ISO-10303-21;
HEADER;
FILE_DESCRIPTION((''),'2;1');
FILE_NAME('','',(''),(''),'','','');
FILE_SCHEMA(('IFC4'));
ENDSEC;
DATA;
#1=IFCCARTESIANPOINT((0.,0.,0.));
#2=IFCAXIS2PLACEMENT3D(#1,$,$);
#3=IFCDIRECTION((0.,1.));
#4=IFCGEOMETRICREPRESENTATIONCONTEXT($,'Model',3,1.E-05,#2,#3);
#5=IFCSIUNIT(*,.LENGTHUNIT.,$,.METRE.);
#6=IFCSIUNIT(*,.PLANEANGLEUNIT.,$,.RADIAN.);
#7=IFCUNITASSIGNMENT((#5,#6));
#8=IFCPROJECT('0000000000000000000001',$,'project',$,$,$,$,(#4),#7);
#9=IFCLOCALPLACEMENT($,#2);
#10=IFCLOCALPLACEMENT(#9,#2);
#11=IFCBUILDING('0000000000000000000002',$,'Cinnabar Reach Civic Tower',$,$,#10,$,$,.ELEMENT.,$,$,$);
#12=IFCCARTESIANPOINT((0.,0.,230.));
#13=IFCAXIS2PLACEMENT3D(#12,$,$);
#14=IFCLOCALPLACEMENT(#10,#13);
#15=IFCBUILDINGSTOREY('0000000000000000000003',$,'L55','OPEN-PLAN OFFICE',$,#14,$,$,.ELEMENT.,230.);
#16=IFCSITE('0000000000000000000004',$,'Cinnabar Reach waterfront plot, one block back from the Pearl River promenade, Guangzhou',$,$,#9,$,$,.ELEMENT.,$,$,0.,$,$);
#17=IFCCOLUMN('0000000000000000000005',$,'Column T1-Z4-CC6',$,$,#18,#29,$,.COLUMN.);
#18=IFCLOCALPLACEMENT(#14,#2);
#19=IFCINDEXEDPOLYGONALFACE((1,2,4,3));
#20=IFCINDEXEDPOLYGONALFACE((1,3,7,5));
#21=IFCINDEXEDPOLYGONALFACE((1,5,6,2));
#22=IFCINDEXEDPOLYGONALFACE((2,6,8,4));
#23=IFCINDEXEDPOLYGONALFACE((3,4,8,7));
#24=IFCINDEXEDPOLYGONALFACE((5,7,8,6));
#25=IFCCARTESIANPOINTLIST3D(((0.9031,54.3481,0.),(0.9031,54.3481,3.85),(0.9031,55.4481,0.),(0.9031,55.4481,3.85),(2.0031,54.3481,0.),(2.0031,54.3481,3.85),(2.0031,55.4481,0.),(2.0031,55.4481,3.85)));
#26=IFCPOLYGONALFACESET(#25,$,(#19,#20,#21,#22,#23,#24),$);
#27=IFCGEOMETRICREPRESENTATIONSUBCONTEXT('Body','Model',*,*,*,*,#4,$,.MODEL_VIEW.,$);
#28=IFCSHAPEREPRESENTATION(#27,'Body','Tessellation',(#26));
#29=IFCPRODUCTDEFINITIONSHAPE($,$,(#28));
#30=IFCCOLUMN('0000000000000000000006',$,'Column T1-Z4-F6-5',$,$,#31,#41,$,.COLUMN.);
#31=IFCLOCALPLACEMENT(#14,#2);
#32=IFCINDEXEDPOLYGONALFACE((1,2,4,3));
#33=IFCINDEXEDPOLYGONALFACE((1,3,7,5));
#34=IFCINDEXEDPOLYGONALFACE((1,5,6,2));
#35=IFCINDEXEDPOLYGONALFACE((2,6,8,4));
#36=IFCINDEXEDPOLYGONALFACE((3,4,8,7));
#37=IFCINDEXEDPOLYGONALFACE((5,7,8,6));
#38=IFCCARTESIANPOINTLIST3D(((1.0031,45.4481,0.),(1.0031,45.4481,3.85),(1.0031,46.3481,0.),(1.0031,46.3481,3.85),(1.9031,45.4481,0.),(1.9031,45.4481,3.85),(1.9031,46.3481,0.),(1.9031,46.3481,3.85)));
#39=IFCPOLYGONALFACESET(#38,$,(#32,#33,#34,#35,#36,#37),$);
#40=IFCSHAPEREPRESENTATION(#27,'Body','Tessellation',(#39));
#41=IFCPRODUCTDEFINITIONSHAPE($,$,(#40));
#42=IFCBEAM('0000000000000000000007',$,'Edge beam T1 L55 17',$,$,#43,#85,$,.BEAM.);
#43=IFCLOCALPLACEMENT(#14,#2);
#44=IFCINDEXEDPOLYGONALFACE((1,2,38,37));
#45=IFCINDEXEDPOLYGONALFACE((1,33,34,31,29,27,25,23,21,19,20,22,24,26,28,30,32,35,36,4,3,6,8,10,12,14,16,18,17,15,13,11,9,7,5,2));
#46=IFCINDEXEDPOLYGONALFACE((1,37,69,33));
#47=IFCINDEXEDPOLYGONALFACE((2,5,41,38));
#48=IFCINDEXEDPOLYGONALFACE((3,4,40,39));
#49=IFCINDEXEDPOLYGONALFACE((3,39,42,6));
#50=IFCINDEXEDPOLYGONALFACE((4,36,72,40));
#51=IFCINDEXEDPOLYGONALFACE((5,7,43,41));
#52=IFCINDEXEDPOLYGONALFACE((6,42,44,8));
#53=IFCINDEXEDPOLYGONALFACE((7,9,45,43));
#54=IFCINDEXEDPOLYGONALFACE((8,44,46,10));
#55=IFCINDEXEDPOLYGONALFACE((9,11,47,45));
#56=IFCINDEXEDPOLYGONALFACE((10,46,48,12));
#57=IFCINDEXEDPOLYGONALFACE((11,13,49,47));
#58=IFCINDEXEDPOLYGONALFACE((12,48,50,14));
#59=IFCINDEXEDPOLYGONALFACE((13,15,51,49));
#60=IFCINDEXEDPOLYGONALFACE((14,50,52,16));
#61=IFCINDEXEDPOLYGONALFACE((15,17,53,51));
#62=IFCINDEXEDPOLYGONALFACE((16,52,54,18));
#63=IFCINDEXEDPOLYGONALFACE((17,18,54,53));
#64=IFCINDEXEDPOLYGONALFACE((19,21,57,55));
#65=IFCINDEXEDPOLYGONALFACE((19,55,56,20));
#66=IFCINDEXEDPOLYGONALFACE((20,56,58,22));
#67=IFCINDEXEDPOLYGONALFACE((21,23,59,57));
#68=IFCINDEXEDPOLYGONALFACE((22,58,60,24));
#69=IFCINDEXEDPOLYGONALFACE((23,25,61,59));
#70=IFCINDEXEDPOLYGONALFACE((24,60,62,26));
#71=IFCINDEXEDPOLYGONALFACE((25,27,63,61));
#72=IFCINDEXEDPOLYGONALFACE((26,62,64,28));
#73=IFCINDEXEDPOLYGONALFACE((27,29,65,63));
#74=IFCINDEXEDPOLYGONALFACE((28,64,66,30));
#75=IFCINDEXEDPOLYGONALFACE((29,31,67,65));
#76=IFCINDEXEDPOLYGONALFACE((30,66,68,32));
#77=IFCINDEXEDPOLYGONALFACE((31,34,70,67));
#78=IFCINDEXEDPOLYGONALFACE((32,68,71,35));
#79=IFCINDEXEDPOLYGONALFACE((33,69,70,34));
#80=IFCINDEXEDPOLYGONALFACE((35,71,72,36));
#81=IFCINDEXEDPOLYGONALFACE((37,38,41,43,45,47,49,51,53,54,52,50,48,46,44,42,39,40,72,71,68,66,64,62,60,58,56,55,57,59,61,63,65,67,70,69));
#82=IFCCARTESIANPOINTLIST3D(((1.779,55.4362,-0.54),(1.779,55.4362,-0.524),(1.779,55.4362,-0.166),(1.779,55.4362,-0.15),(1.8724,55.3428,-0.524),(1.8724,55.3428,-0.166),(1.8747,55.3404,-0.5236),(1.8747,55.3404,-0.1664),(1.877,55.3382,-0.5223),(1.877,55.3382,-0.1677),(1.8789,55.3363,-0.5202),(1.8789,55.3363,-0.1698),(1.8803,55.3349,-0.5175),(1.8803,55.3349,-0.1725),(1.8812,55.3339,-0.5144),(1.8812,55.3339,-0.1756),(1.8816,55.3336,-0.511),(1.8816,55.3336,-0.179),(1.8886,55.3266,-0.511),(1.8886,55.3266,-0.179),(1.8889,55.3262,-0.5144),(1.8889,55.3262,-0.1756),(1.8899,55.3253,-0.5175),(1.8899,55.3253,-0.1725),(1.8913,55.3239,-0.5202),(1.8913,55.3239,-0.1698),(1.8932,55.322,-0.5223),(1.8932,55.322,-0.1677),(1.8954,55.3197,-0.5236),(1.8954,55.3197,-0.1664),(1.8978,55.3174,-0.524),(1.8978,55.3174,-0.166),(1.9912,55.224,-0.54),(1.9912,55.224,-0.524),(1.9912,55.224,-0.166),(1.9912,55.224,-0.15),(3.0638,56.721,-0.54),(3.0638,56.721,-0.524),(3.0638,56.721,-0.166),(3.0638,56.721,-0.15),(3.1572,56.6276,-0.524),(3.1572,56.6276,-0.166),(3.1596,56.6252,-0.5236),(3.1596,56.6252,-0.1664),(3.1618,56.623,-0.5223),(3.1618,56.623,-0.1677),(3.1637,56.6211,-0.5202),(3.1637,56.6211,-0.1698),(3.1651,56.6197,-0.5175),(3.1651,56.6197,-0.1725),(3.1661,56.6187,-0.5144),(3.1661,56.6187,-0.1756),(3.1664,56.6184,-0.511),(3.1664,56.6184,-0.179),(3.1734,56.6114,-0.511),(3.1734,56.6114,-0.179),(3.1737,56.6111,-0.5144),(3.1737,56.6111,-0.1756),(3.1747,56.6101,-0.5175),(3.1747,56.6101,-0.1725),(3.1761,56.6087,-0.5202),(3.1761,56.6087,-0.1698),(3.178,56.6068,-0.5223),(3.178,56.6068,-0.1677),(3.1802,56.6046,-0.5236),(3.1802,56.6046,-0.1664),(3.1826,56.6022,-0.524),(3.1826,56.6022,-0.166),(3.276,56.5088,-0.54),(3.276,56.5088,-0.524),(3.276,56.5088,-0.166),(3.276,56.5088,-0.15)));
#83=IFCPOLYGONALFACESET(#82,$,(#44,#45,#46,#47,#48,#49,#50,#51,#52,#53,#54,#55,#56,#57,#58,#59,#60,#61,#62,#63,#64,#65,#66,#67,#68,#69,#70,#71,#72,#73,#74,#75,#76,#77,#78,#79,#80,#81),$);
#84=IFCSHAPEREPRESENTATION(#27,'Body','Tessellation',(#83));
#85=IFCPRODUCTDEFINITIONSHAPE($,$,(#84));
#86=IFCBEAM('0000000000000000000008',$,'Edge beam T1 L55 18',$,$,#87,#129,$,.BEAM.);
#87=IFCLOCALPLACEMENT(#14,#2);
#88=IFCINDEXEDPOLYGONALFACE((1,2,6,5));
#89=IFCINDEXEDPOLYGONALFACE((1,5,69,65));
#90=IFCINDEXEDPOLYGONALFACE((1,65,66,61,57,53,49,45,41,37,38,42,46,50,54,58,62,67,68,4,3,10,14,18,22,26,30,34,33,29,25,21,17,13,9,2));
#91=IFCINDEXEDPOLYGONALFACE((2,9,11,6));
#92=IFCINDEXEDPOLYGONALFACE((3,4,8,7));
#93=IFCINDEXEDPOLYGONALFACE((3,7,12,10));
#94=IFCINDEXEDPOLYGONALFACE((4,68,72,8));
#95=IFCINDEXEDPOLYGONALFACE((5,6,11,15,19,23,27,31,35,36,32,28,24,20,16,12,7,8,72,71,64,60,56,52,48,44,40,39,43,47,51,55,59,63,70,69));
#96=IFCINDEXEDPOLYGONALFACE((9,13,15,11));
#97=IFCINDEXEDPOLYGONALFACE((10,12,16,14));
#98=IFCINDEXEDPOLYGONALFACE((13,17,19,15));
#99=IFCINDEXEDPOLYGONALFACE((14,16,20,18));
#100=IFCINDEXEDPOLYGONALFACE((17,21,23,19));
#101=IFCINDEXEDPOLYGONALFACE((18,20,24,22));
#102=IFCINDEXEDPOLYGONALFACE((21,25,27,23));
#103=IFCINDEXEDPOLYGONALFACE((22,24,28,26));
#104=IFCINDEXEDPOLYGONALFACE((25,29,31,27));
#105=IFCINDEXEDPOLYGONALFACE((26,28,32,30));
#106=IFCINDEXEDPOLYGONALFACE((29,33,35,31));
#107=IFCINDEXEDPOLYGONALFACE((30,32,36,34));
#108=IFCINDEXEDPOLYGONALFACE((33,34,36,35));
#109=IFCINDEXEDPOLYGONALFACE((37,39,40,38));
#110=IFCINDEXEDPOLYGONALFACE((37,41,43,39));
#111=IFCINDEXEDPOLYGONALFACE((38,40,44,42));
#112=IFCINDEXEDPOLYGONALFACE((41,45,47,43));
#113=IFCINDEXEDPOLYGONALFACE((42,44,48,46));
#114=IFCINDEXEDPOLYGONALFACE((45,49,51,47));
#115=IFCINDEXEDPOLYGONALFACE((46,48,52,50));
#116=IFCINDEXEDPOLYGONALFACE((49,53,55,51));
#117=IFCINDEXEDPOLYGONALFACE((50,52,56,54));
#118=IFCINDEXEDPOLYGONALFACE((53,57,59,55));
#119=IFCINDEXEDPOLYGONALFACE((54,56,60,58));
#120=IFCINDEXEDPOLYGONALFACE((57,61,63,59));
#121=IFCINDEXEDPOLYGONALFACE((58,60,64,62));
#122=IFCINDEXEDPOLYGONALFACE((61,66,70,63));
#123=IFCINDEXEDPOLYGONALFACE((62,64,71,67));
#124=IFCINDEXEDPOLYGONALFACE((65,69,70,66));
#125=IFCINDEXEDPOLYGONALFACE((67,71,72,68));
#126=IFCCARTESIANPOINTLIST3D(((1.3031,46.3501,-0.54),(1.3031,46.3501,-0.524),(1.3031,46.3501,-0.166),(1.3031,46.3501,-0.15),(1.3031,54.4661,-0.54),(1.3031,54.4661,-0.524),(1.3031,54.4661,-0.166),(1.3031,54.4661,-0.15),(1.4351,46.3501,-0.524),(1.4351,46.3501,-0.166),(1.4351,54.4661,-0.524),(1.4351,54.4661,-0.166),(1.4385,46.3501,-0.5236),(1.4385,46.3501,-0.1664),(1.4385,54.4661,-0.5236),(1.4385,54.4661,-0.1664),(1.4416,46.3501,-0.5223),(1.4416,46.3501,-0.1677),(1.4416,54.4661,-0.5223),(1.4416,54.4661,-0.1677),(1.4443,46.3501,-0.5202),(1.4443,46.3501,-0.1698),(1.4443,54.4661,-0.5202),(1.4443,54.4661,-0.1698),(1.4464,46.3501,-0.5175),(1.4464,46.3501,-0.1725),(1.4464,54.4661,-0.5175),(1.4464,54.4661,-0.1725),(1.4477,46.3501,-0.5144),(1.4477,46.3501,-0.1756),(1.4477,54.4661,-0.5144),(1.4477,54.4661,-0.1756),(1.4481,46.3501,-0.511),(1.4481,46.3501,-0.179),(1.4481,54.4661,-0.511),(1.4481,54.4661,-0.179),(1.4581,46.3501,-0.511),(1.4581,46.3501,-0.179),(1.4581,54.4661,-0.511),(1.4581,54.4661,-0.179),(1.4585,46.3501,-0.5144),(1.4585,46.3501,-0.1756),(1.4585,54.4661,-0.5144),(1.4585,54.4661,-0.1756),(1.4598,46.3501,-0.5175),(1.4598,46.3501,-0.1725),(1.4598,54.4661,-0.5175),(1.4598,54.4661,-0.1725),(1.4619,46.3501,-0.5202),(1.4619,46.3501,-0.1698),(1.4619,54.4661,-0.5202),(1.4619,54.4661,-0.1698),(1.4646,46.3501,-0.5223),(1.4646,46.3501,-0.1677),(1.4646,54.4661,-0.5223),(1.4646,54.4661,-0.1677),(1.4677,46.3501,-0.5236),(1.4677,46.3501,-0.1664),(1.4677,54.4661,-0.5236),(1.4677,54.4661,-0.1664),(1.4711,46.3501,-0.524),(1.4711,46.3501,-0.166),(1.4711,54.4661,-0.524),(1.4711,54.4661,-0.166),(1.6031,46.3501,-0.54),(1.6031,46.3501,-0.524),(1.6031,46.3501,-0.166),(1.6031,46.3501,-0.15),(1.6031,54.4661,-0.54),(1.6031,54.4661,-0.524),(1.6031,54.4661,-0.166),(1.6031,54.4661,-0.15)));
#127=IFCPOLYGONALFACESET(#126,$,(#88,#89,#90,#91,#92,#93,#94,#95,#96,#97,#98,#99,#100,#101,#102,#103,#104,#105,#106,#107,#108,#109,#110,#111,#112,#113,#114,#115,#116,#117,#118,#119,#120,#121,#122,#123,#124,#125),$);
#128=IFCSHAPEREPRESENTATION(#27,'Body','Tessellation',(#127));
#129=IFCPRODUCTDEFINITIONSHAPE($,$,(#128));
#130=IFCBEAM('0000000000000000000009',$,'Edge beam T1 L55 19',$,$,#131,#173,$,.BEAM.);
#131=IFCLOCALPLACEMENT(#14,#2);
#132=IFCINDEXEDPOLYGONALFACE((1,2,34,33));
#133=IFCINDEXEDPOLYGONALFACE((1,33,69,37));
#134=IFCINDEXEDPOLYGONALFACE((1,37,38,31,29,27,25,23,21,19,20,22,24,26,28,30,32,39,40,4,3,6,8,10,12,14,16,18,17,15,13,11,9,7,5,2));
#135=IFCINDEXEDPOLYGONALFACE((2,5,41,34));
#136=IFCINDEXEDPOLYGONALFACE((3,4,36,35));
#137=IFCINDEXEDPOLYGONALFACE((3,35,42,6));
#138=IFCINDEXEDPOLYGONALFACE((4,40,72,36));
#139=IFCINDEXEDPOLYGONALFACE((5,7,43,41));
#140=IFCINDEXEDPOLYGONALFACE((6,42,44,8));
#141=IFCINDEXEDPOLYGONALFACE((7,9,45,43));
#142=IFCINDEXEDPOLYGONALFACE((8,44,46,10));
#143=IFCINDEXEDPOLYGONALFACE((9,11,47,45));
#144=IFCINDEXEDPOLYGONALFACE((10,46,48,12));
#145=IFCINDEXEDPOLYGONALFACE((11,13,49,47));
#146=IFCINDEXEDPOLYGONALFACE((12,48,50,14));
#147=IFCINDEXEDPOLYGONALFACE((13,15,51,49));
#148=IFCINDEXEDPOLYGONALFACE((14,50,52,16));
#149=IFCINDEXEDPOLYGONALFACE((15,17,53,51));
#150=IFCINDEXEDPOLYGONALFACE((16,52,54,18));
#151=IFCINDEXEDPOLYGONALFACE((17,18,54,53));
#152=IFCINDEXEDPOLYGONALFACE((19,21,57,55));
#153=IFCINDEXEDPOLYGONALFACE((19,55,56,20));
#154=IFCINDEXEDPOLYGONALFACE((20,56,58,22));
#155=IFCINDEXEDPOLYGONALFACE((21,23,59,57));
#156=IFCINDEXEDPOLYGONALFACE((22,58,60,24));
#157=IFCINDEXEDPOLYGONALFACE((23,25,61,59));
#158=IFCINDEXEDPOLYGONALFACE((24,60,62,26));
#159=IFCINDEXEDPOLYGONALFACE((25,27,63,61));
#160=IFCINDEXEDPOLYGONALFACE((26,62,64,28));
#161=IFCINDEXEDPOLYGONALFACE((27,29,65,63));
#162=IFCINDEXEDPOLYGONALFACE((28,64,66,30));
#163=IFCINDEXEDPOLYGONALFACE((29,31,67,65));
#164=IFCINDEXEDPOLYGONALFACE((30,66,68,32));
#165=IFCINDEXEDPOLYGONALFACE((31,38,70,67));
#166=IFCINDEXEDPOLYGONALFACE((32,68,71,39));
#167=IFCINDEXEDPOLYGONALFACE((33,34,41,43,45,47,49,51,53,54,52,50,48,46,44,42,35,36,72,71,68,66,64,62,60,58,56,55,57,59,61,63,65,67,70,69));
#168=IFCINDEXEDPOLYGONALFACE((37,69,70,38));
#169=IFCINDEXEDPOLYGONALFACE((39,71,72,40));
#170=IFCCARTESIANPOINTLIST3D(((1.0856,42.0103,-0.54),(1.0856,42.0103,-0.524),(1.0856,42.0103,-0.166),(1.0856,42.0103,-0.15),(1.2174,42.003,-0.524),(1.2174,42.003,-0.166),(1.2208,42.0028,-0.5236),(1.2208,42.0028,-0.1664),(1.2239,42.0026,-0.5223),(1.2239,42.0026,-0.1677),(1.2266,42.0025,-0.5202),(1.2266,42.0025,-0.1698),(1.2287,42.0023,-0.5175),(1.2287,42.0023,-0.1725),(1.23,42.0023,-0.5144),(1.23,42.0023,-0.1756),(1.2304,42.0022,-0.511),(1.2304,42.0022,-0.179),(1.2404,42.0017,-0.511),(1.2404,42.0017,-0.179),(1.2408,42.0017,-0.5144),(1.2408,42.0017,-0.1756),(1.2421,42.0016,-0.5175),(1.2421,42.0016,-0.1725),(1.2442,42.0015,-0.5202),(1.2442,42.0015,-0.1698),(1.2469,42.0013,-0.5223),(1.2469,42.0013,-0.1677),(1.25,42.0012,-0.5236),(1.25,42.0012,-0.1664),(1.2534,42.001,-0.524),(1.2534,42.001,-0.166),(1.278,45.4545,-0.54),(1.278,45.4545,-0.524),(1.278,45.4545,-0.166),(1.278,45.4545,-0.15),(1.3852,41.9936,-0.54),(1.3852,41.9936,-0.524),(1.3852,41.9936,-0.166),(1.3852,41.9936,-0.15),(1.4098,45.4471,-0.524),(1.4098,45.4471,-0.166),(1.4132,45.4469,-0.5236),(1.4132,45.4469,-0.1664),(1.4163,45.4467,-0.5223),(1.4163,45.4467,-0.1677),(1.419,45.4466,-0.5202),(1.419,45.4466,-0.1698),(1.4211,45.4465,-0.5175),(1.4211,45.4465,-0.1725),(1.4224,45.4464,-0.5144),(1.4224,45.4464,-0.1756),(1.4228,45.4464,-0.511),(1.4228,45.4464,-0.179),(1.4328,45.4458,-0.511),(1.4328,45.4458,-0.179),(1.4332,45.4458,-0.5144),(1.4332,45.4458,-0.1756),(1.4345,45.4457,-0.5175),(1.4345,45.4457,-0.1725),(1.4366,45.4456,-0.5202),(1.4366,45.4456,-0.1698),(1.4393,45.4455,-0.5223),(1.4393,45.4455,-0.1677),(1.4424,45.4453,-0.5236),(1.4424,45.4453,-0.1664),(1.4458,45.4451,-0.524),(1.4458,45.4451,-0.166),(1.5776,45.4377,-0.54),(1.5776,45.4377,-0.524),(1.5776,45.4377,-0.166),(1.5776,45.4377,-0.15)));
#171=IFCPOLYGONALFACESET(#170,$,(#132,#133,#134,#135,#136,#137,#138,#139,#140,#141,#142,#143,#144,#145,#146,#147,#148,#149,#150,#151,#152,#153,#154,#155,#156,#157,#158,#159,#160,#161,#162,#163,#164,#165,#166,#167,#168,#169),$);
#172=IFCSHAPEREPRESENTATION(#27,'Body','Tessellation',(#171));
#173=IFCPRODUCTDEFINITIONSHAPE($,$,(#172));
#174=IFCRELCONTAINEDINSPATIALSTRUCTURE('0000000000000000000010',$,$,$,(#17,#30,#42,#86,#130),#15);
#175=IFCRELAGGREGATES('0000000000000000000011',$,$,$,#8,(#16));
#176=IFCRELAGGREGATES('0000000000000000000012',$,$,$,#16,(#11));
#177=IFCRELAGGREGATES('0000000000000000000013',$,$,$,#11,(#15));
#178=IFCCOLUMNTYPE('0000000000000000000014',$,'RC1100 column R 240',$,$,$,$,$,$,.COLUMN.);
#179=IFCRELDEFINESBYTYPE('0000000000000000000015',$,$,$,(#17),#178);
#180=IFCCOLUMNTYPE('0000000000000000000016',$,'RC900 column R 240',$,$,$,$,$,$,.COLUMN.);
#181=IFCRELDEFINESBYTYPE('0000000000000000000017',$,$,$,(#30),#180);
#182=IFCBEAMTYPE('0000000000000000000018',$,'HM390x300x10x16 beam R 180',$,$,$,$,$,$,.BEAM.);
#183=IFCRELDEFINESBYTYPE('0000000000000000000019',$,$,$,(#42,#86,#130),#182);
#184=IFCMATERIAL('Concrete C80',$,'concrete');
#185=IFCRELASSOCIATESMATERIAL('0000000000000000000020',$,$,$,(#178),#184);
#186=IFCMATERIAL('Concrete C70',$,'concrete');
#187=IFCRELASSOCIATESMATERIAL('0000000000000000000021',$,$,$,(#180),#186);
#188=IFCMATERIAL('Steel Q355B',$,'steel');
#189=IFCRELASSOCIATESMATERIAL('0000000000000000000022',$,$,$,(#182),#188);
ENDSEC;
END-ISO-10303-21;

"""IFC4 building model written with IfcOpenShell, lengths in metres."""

from ifc_helpers import new_model, si_unit, direction, frame, origin, origin_2d, place, context, subcontext, project, spatial, rectangle, i_section, extrude, material, material_profile, profile_set, type_object, element, save


model = new_model("IFC4")

# Units and contexts
model_context = context("Model", 3, precision=1e-05, world=origin(), true_north=direction((0.0, 1.0)))
body_context = subcontext(model_context, "Body", "Model", "MODEL_VIEW")
ifc_project = project(units=[si_unit("LENGTHUNIT", "METRE"), si_unit("PLANEANGLEUNIT", "RADIAN")], contexts=[model_context])

# Site, building, storey
site_placement = place(None, origin())
site = spatial("IfcSite", under=ifc_project, at=site_placement, Name="Cinnabar Reach waterfront plot, one block back from the Pearl River promenade, Guangzhou", CompositionType="ELEMENT", RefElevation=0.0)
building_placement = place(site_placement, origin())
building = spatial("IfcBuilding", under=site, at=building_placement, Name="Cinnabar Reach Civic Tower", CompositionType="ELEMENT")
storey_placement = place(building_placement, frame((0.0, 0.0, 230.0)))
storey = spatial("IfcBuildingStorey", under=building, at=storey_placement, Name="L55", Description="OPEN-PLAN OFFICE", CompositionType="ELEMENT", Elevation=230.0)

# Columns
ifc_material_1 = material(Name="Concrete C80", Category="concrete")
ifc_material_profile_1 = material_profile(ifc_material_1, rectangle(XDim=1.1, YDim=1.1, at=origin_2d()), Name="RC1100")
ifc_profile_set_1 = profile_set([ifc_material_profile_1], Name="Concrete C80")
column_type_1 = type_object("IfcColumnType", Name="RC1100 column R 240", PredefinedType="COLUMN", material=ifc_profile_set_1)
column_1_placement = place(storey_placement, frame((1.4531, 54.8981, 0.0), z_axis=(0.0, 0.0, 1.0), x_axis=(1.0, 0.0, 0.0)))
element("IfcColumn", 1, at=column_1_placement, inside=storey, type_object=column_type_1, Name="Column T1-Z4-CC6", PredefinedType="COLUMN", context=body_context, shape_type="SweptSolid", body=[
    extrude(rectangle(XDim=1.1, YDim=1.1, at=origin_2d()), origin(), (0.0, 0.0, 1.0), 3.85),
])
ifc_material_2 = material(Name="Concrete C70", Category="concrete")
ifc_material_profile_2 = material_profile(ifc_material_2, rectangle(XDim=0.9, YDim=0.9, at=origin_2d()), Name="RC900")
ifc_profile_set_2 = profile_set([ifc_material_profile_2], Name="Concrete C70")
column_type_2 = type_object("IfcColumnType", Name="RC900 column R 240", PredefinedType="COLUMN", material=ifc_profile_set_2)
column_2_placement = place(storey_placement, frame((1.4531, 45.8981, 0.0), z_axis=(0.0, 0.0, 1.0), x_axis=(1.0, 0.0, 0.0)))
element("IfcColumn", 2, at=column_2_placement, inside=storey, type_object=column_type_2, Name="Column T1-Z4-F6-5", PredefinedType="COLUMN", context=body_context, shape_type="SweptSolid", body=[
    extrude(rectangle(XDim=0.9, YDim=0.9, at=origin_2d()), origin(), (0.0, 0.0, 1.0), 3.85),
])

# Beams
ifc_material_3 = material(Name="Steel Q355B", Category="steel")
ifc_material_profile_3 = material_profile(ifc_material_3, i_section(OverallWidth=0.3, OverallDepth=0.39, WebThickness=0.01, FlangeThickness=0.016, FilletRadius=0.013, at=origin_2d()), Name="HM390x300x10x16")
ifc_profile_set_3 = profile_set([ifc_material_profile_3], Name="Steel Q355B")
beam_type_1 = type_object("IfcBeamType", Name="HM390x300x10x16 beam R 180", PredefinedType="BEAM", material=ifc_profile_set_3)
beam_1_placement = place(storey_placement, frame((3.1699, 56.6149, -0.345), z_axis=(-0.707107, -0.707107, 0.0), x_axis=(0.707107, -0.707107, 0.0)))
element("IfcBeam", 3, at=beam_1_placement, inside=storey, type_object=beam_type_1, Name="Edge beam T1 L55 17", PredefinedType="BEAM", context=body_context, shape_type="SweptSolid", body=[
    extrude(i_section(OverallWidth=0.3, OverallDepth=0.39, WebThickness=0.01, FlangeThickness=0.016, FilletRadius=0.013, at=origin_2d()), origin(), (0.0, 0.0, 1.0), 1.817),
])
beam_2_placement = place(storey_placement, frame((1.4531, 54.4661, -0.345), z_axis=(0.0, -1.0, 0.0), x_axis=(1.0, 0.0, 0.0)))
element("IfcBeam", 4, at=beam_2_placement, inside=storey, type_object=beam_type_1, Name="Edge beam T1 L55 18", PredefinedType="BEAM", context=body_context, shape_type="SweptSolid", body=[
    extrude(i_section(OverallWidth=0.3, OverallDepth=0.39, WebThickness=0.01, FlangeThickness=0.016, FilletRadius=0.013, at=origin_2d()), origin(), (0.0, 0.0, 1.0), 8.116),
])
beam_3_placement = place(storey_placement, frame((1.4278, 45.4461, -0.345), z_axis=(-0.055777, -0.998443, 0.0), x_axis=(0.998443, -0.055777, 0.0)))
element("IfcBeam", 5, at=beam_3_placement, inside=storey, type_object=beam_type_1, Name="Edge beam T1 L55 19", PredefinedType="BEAM", context=body_context, shape_type="SweptSolid", body=[
    extrude(i_section(OverallWidth=0.3, OverallDepth=0.39, WebThickness=0.01, FlangeThickness=0.016, FilletRadius=0.013, at=origin_2d()), origin(), (0.0, 0.0, 1.0), 3.4495),
])

save(model, "model.ifc")
